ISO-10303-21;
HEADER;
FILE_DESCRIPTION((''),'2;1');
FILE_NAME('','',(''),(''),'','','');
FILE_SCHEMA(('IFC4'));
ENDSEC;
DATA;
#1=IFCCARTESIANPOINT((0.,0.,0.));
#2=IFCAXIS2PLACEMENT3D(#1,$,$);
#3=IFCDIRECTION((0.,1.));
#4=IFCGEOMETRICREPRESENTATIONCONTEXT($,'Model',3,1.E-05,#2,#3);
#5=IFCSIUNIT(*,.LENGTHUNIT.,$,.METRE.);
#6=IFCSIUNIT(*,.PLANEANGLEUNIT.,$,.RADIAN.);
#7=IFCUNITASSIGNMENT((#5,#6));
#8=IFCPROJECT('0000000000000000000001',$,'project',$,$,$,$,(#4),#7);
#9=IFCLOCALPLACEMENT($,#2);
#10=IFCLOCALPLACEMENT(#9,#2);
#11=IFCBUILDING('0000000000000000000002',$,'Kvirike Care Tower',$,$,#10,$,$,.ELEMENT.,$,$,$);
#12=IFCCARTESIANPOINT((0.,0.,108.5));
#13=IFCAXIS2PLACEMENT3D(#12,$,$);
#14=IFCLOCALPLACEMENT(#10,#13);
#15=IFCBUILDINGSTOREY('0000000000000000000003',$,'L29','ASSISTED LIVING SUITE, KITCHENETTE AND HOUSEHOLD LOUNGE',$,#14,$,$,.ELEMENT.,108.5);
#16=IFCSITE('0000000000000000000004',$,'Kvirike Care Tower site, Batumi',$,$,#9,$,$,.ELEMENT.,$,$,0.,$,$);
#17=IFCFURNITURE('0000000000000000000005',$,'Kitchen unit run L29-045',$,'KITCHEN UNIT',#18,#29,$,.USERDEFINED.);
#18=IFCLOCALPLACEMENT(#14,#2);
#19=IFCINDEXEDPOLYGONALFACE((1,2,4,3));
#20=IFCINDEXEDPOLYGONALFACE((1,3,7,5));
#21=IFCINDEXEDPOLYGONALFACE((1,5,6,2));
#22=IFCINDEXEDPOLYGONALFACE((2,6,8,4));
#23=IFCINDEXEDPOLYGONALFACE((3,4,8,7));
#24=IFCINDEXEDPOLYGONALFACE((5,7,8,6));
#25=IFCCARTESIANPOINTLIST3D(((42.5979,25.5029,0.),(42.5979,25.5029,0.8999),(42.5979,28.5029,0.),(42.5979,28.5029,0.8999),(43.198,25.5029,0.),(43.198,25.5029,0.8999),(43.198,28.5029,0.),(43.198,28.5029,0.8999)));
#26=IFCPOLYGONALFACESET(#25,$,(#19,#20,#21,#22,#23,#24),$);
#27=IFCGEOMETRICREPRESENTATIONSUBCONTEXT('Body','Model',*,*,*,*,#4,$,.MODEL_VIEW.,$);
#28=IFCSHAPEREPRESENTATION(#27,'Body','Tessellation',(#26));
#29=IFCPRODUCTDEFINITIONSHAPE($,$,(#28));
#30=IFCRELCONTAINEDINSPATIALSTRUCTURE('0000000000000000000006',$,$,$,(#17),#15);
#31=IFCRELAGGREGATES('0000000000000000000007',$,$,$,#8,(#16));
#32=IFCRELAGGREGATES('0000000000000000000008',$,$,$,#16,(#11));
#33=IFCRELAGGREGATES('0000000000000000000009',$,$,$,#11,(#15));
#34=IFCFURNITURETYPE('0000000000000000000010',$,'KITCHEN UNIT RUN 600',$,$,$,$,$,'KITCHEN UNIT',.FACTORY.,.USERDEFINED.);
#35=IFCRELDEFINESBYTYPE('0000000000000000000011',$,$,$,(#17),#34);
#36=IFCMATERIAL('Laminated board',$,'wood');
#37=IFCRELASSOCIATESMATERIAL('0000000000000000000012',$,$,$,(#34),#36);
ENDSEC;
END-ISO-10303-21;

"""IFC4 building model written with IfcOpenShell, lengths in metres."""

from ifc_helpers import new_model, si_unit, direction, frame, origin, origin_2d, place, context, subcontext, project, spatial, rectangle, extrude, material, type_object, element, save


model = new_model("IFC4")

# Units and contexts
model_context = context("Model", 3, precision=1e-05, world=origin(), true_north=direction((0.0, 1.0)))
body_context = subcontext(model_context, "Body", "Model", "MODEL_VIEW")
ifc_project = project(units=[si_unit("LENGTHUNIT", "METRE"), si_unit("PLANEANGLEUNIT", "RADIAN")], contexts=[model_context])

# Site, building, storey
site_placement = place(None, origin())
site = spatial("IfcSite", under=ifc_project, at=site_placement, Name="Kvirike Care Tower site, Batumi", CompositionType="ELEMENT", RefElevation=0.0)
building_placement = place(site_placement, origin())
building = spatial("IfcBuilding", under=site, at=building_placement, Name="Kvirike Care Tower", CompositionType="ELEMENT")
storey_placement = place(building_placement, frame((0.0, 0.0, 108.5)))
storey = spatial("IfcBuildingStorey", under=building, at=storey_placement, Name="L29", Description="ASSISTED LIVING SUITE, KITCHENETTE AND HOUSEHOLD LOUNGE", CompositionType="ELEMENT", Elevation=108.5)

# Furniture
ifc_material_1 = material(Name="Laminated board", Category="wood")
furniture_type = type_object("IfcFurnitureType", Name="KITCHEN UNIT RUN 600", ElementType="KITCHEN UNIT", AssemblyPlace="FACTORY", PredefinedType="USERDEFINED", material=ifc_material_1)
furniture_placement = place(storey_placement, frame((42.8979, 27.0029, 0.0), z_axis=(0.0, 0.0, 1.0), x_axis=(0.0, -1.0, 0.0)))
element("IfcFurniture", 1, at=furniture_placement, inside=storey, type_object=furniture_type, Name="Kitchen unit run L29-045", ObjectType="KITCHEN UNIT", PredefinedType="USERDEFINED", context=body_context, shape_type="SweptSolid", body=[
    extrude(rectangle(XDim=3.0, YDim=0.6001, at=origin_2d()), origin(), (0.0, 0.0, 1.0), 0.8999),
])

save(model, "model.ifc")
